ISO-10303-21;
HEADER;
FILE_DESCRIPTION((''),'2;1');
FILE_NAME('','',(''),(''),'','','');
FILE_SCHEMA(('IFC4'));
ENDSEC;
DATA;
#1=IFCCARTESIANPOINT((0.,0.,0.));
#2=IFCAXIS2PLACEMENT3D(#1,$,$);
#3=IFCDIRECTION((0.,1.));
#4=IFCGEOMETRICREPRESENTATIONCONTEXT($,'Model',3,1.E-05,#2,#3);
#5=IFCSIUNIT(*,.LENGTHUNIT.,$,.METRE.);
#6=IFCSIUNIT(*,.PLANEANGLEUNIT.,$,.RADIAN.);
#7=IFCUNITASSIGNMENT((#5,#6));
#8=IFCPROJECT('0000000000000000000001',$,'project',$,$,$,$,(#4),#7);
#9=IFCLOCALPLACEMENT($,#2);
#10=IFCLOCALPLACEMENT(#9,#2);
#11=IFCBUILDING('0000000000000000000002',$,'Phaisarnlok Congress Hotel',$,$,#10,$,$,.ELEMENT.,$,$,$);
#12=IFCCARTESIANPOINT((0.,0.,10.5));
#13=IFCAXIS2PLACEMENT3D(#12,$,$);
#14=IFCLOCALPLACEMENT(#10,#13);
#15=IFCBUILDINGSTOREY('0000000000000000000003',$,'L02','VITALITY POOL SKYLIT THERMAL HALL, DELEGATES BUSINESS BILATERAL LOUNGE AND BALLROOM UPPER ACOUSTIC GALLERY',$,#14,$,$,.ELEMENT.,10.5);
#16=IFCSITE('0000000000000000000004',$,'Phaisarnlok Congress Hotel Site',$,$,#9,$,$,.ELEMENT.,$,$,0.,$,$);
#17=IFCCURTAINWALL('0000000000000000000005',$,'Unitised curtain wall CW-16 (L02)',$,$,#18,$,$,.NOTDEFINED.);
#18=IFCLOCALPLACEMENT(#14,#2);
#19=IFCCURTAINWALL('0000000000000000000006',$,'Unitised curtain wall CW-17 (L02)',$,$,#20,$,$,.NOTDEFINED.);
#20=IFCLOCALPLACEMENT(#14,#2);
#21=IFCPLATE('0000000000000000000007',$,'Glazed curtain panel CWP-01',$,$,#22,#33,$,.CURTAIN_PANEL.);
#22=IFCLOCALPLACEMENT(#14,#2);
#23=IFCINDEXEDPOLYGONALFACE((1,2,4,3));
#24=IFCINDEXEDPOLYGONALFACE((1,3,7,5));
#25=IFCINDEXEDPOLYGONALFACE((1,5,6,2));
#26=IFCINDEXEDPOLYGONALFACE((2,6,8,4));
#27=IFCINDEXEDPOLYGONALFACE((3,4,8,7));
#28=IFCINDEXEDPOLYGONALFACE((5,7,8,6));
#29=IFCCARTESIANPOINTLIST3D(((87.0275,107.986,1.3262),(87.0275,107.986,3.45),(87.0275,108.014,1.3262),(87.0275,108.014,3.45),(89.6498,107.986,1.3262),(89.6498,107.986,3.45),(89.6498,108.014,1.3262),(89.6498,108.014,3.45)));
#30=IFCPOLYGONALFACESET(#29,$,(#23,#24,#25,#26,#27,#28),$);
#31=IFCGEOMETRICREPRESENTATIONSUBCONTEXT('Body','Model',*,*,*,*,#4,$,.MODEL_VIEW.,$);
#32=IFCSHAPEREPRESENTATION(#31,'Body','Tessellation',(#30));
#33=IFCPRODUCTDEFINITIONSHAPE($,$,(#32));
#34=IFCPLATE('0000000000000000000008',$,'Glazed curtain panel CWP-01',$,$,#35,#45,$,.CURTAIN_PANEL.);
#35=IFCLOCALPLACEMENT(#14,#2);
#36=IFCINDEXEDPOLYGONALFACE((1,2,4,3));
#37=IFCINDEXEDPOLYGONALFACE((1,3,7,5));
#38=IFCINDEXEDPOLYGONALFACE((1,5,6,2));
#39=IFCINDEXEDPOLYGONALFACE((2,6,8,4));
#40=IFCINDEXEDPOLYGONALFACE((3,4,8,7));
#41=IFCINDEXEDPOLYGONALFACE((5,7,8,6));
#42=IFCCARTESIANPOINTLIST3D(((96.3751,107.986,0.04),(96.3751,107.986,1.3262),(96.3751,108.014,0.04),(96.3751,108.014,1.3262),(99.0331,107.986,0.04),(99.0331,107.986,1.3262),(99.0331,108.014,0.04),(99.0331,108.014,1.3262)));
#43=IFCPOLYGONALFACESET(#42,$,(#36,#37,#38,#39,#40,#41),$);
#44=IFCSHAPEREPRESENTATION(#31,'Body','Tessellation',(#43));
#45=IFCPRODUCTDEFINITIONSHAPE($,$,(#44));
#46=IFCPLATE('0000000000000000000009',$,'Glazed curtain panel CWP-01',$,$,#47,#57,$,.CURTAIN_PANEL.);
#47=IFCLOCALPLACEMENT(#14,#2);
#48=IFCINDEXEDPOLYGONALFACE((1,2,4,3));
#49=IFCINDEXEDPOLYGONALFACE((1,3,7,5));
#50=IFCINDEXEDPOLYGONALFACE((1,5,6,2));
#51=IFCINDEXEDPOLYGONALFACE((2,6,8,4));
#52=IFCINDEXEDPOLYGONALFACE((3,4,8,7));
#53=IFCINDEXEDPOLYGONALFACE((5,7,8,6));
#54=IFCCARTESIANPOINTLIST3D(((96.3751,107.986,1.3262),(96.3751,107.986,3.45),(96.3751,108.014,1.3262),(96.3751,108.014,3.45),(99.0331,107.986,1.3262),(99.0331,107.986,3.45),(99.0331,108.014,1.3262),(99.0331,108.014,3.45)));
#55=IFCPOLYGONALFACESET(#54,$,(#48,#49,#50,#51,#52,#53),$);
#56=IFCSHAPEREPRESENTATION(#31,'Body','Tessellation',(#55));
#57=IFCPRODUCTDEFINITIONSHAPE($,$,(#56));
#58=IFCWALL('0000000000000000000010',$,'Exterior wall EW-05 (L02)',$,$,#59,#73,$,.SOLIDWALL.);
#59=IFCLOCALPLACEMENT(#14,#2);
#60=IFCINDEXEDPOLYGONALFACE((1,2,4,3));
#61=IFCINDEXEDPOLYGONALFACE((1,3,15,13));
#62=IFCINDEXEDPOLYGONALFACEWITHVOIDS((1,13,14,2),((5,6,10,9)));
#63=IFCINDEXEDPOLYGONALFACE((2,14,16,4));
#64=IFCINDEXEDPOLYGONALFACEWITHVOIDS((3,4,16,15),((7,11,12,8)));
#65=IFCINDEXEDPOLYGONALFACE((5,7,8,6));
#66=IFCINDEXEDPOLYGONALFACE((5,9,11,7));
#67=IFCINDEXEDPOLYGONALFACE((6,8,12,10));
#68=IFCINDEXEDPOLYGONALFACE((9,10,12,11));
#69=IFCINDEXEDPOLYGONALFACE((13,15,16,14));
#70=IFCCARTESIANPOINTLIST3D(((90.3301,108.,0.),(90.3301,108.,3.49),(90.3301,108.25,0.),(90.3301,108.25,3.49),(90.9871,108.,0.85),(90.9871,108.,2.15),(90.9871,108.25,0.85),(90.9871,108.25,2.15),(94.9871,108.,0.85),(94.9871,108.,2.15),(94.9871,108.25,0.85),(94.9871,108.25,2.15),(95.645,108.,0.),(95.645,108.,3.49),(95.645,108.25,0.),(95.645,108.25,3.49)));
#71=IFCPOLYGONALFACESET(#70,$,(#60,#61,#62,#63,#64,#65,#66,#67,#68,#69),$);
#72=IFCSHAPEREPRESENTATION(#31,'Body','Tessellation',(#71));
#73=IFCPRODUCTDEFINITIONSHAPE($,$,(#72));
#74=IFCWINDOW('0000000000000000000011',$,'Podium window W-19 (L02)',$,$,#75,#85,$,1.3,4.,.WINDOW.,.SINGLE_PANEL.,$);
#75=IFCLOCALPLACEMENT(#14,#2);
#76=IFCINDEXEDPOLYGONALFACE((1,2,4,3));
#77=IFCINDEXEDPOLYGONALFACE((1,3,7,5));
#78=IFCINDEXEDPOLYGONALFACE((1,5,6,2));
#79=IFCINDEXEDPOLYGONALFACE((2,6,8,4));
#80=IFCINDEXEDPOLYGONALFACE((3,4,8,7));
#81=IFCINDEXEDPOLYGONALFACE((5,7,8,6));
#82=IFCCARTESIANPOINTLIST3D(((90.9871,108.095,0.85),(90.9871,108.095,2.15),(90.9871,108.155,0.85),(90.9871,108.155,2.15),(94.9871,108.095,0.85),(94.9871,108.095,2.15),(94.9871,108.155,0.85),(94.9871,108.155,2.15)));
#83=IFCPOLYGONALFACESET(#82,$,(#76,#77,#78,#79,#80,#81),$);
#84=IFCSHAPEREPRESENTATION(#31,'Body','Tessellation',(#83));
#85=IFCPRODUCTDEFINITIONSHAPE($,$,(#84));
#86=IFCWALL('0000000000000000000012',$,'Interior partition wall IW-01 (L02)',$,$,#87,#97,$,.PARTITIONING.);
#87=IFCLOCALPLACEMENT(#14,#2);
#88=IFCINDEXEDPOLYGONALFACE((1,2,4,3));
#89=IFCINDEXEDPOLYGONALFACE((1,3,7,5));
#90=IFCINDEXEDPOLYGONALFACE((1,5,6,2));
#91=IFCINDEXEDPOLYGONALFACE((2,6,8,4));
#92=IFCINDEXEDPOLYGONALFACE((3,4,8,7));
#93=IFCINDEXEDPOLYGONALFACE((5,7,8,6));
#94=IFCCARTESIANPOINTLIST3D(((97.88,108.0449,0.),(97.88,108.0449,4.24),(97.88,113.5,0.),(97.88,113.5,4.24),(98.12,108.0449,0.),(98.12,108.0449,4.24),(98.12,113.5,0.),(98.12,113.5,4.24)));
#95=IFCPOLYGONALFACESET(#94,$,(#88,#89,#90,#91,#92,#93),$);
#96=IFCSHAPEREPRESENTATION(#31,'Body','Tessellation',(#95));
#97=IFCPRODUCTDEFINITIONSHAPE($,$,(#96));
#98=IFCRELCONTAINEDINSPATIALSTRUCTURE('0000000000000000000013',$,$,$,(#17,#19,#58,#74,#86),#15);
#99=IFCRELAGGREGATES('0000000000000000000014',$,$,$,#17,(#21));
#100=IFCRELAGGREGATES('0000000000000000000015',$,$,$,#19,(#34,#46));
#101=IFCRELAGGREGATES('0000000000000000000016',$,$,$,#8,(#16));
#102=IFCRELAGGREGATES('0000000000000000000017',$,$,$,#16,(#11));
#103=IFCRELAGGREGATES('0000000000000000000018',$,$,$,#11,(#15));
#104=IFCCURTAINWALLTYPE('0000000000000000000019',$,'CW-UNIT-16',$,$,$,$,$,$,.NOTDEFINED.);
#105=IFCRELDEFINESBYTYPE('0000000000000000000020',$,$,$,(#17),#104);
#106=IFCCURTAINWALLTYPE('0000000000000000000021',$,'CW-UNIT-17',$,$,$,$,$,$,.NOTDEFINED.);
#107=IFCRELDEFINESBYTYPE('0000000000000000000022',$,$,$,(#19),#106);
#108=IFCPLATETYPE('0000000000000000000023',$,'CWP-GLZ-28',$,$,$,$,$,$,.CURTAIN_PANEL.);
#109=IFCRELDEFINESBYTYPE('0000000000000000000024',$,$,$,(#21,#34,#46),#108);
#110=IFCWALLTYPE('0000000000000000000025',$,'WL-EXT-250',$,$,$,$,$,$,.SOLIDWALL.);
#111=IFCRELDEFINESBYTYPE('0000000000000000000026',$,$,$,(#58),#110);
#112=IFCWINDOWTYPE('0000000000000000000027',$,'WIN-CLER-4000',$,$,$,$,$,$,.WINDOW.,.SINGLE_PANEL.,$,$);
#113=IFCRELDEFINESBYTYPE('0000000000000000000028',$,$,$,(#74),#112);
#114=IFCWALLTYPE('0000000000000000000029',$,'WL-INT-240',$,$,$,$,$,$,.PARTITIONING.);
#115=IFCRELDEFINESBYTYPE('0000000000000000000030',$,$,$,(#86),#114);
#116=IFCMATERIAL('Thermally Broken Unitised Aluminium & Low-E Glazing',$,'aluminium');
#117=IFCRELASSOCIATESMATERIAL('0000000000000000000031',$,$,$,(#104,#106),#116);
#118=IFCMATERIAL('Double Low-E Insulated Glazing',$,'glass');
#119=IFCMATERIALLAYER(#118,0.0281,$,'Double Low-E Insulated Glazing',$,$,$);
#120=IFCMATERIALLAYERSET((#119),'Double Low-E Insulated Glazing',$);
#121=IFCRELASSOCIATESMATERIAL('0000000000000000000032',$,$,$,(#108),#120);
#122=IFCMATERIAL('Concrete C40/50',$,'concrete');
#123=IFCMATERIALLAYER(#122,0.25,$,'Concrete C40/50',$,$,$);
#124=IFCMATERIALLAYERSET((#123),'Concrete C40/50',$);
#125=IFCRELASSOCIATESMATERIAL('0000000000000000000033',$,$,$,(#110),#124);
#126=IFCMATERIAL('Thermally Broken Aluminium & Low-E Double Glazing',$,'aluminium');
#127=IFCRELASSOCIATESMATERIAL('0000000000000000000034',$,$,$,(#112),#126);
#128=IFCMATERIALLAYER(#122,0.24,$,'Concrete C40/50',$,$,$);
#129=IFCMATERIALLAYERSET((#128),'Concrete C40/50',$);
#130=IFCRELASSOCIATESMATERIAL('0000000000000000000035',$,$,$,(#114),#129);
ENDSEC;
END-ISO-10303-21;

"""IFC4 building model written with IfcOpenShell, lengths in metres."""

from ifc_helpers import new_model, si_unit, direction, frame, frame_2d, origin, place, context, subcontext, project, spatial, rectangle, extrude, material, layer, layer_set, type_object, element, fill, aggregate, save


model = new_model("IFC4")

# Units and contexts
model_context = context("Model", 3, precision=1e-05, world=origin(), true_north=direction((0.0, 1.0)))
body_context = subcontext(model_context, "Body", "Model", "MODEL_VIEW")
ifc_project = project(units=[si_unit("LENGTHUNIT", "METRE"), si_unit("PLANEANGLEUNIT", "RADIAN")], contexts=[model_context])

# Site, building, storey
site_placement = place(None, origin())
site = spatial("IfcSite", under=ifc_project, at=site_placement, Name="Phaisarnlok Congress Hotel Site", CompositionType="ELEMENT", RefElevation=0.0)
building_placement = place(site_placement, origin())
building = spatial("IfcBuilding", under=site, at=building_placement, Name="Phaisarnlok Congress Hotel", CompositionType="ELEMENT")
storey_placement = place(building_placement, frame((0.0, 0.0, 10.5)))
storey = spatial("IfcBuildingStorey", under=building, at=storey_placement, Name="L02", Description="VITALITY POOL SKYLIT THERMAL HALL, DELEGATES BUSINESS BILATERAL LOUNGE AND BALLROOM UPPER ACOUSTIC GALLERY", CompositionType="ELEMENT", Elevation=10.5)

# Shared definitions
ifc_material_1 = material(Name="Concrete C40/50", Category="concrete")

# Curtain walls
ifc_material_2 = material(Name="Thermally Broken Unitised Aluminium & Low-E Glazing", Category="aluminium")
curtain_wall_type_1 = type_object("IfcCurtainWallType", Name="CW-UNIT-16", PredefinedType="NOTDEFINED", material=ifc_material_2)
curtain_wall_1_placement = place(storey_placement, origin())
curtain_wall_1 = element("IfcCurtainWall", 1, at=curtain_wall_1_placement, inside=storey, type_object=curtain_wall_type_1, Name="Unitised curtain wall CW-16 (L02)", PredefinedType="NOTDEFINED")
curtain_wall_type_2 = type_object("IfcCurtainWallType", Name="CW-UNIT-17", PredefinedType="NOTDEFINED", material=ifc_material_2)
curtain_wall_2_placement = place(storey_placement, origin())
curtain_wall_2 = element("IfcCurtainWall", 2, at=curtain_wall_2_placement, inside=storey, type_object=curtain_wall_type_2, Name="Unitised curtain wall CW-17 (L02)", PredefinedType="NOTDEFINED")

# Plates
ifc_material_3 = material(Name="Double Low-E Insulated Glazing", Category="glass")
ifc_layer_1 = layer(ifc_material_3, 0.0281, Name="Double Low-E Insulated Glazing")
ifc_layer_set_1 = layer_set([ifc_layer_1], Name="Double Low-E Insulated Glazing")
plate_type = type_object("IfcPlateType", Name="CWP-GLZ-28", PredefinedType="CURTAIN_PANEL", material=ifc_layer_set_1)
plate_1_placement = place(storey_placement, frame((87.0276, 108.0, 1.3262), z_axis=(0.0, 0.0, 1.0), x_axis=(1.0, 0.0, 0.0)))
plate_1 = element("IfcPlate", 3, at=plate_1_placement, type_object=plate_type, Name="Glazed curtain panel CWP-01", PredefinedType="CURTAIN_PANEL", context=body_context, shape_type="SweptSolid", body=[
    extrude(rectangle(XDim=2.6223, YDim=0.0281, at=frame_2d((1.311, 0.0))), origin(), (0.0, 0.0, 1.0), 2.1238),
])
aggregate(curtain_wall_1, [plate_1])
plate_2_placement = place(storey_placement, frame((96.375, 108.0, 0.04), z_axis=(0.0, 0.0, 1.0), x_axis=(1.0, 0.0, 0.0)))
plate_2 = element("IfcPlate", 4, at=plate_2_placement, type_object=plate_type, Name="Glazed curtain panel CWP-01", PredefinedType="CURTAIN_PANEL", context=body_context, shape_type="SweptSolid", body=[
    extrude(rectangle(XDim=2.658, YDim=0.0281, at=frame_2d((1.3291, 0.0))), origin(), (0.0, 0.0, 1.0), 1.2861),
])
plate_3_placement = place(storey_placement, frame((96.375, 108.0, 1.3262), z_axis=(0.0, 0.0, 1.0), x_axis=(1.0, 0.0, 0.0)))
plate_3 = element("IfcPlate", 5, at=plate_3_placement, type_object=plate_type, Name="Glazed curtain panel CWP-01", PredefinedType="CURTAIN_PANEL", context=body_context, shape_type="SweptSolid", body=[
    extrude(rectangle(XDim=2.658, YDim=0.0281, at=frame_2d((1.3291, 0.0))), origin(), (0.0, 0.0, 1.0), 2.1238),
])
aggregate(curtain_wall_2, [plate_2, plate_3])

# Wall, opening, window
ifc_layer_2 = layer(ifc_material_1, 0.25, Name="Concrete C40/50")
ifc_layer_set_2 = layer_set([ifc_layer_2], Name="Concrete C40/50")
wall_type_1 = type_object("IfcWallType", Name="WL-EXT-250", PredefinedType="SOLIDWALL", material=ifc_layer_set_2)
wall_1_placement = place(storey_placement, frame((90.3301, 108.125, 0.0), z_axis=(0.0, 0.0, 1.0), x_axis=(1.0, 0.0, 0.0)))
wall_1 = element("IfcWall", 6, at=wall_1_placement, inside=storey, type_object=wall_type_1, Name="Exterior wall EW-05 (L02)", PredefinedType="SOLIDWALL", context=body_context, shape_type="SweptSolid", body=[
    extrude(rectangle(XDim=5.3149, YDim=0.25, at=frame_2d((2.6575, 0.0))), origin(), (0.0, 0.0, 1.0), 3.49),
])
opening_1_placement = place(wall_1_placement, frame((0.657, 0.0, 0.8501)))
opening_1 = element("IfcOpeningElement", 7, at=opening_1_placement, cuts=wall_1, PredefinedType="OPENING", context=body_context, shape_type="SweptSolid", body=[
    extrude(rectangle(XDim=4.0, YDim=1.3, at=frame_2d((2.0, 0.6499))), frame((0.0, 0.135, 0.0), z_axis=(0.0, -1.0, 0.0), x_axis=(1.0, 0.0, 0.0)), (0.0, 0.0, 1.0), 0.27),
])
ifc_material_4 = material(Name="Thermally Broken Aluminium & Low-E Double Glazing", Category="aluminium")
window_type = type_object("IfcWindowType", Name="WIN-CLER-4000", PartitioningType="SINGLE_PANEL", PredefinedType="WINDOW", material=ifc_material_4)
window_placement = place(opening_1_placement, origin())
window = element("IfcWindow", 8, at=window_placement, inside=storey, type_object=window_type, Name="Podium window W-19 (L02)", OverallHeight=1.3, OverallWidth=4.0, PartitioningType="SINGLE_PANEL", PredefinedType="WINDOW", context=body_context, shape_type="SweptSolid", body=[
    extrude(rectangle(XDim=4.0, YDim=1.3, at=frame_2d((2.0, 0.6499))), frame((0.0, 0.03, 0.0), z_axis=(0.0, -1.0, 0.0), x_axis=(1.0, 0.0, 0.0)), (0.0, 0.0, 1.0), 0.0601),
])
fill(opening_1, window)

# Wall
ifc_layer_3 = layer(ifc_material_1, 0.24, Name="Concrete C40/50")
ifc_layer_set_3 = layer_set([ifc_layer_3], Name="Concrete C40/50")
wall_type_2 = type_object("IfcWallType", Name="WL-INT-240", PredefinedType="PARTITIONING", material=ifc_layer_set_3)
wall_2_placement = place(storey_placement, frame((98.0, 108.0449, 0.0), z_axis=(0.0, 0.0, 1.0), x_axis=(0.0, 1.0, 0.0)))
element("IfcWall", 9, at=wall_2_placement, inside=storey, type_object=wall_type_2, Name="Interior partition wall IW-01 (L02)", PredefinedType="PARTITIONING", context=body_context, shape_type="SweptSolid", body=[
    extrude(rectangle(XDim=5.4551, YDim=0.24, at=frame_2d((2.7275, 0.0))), origin(), (0.0, 0.0, 1.0), 4.24),
])

save(model, "model.ifc")
